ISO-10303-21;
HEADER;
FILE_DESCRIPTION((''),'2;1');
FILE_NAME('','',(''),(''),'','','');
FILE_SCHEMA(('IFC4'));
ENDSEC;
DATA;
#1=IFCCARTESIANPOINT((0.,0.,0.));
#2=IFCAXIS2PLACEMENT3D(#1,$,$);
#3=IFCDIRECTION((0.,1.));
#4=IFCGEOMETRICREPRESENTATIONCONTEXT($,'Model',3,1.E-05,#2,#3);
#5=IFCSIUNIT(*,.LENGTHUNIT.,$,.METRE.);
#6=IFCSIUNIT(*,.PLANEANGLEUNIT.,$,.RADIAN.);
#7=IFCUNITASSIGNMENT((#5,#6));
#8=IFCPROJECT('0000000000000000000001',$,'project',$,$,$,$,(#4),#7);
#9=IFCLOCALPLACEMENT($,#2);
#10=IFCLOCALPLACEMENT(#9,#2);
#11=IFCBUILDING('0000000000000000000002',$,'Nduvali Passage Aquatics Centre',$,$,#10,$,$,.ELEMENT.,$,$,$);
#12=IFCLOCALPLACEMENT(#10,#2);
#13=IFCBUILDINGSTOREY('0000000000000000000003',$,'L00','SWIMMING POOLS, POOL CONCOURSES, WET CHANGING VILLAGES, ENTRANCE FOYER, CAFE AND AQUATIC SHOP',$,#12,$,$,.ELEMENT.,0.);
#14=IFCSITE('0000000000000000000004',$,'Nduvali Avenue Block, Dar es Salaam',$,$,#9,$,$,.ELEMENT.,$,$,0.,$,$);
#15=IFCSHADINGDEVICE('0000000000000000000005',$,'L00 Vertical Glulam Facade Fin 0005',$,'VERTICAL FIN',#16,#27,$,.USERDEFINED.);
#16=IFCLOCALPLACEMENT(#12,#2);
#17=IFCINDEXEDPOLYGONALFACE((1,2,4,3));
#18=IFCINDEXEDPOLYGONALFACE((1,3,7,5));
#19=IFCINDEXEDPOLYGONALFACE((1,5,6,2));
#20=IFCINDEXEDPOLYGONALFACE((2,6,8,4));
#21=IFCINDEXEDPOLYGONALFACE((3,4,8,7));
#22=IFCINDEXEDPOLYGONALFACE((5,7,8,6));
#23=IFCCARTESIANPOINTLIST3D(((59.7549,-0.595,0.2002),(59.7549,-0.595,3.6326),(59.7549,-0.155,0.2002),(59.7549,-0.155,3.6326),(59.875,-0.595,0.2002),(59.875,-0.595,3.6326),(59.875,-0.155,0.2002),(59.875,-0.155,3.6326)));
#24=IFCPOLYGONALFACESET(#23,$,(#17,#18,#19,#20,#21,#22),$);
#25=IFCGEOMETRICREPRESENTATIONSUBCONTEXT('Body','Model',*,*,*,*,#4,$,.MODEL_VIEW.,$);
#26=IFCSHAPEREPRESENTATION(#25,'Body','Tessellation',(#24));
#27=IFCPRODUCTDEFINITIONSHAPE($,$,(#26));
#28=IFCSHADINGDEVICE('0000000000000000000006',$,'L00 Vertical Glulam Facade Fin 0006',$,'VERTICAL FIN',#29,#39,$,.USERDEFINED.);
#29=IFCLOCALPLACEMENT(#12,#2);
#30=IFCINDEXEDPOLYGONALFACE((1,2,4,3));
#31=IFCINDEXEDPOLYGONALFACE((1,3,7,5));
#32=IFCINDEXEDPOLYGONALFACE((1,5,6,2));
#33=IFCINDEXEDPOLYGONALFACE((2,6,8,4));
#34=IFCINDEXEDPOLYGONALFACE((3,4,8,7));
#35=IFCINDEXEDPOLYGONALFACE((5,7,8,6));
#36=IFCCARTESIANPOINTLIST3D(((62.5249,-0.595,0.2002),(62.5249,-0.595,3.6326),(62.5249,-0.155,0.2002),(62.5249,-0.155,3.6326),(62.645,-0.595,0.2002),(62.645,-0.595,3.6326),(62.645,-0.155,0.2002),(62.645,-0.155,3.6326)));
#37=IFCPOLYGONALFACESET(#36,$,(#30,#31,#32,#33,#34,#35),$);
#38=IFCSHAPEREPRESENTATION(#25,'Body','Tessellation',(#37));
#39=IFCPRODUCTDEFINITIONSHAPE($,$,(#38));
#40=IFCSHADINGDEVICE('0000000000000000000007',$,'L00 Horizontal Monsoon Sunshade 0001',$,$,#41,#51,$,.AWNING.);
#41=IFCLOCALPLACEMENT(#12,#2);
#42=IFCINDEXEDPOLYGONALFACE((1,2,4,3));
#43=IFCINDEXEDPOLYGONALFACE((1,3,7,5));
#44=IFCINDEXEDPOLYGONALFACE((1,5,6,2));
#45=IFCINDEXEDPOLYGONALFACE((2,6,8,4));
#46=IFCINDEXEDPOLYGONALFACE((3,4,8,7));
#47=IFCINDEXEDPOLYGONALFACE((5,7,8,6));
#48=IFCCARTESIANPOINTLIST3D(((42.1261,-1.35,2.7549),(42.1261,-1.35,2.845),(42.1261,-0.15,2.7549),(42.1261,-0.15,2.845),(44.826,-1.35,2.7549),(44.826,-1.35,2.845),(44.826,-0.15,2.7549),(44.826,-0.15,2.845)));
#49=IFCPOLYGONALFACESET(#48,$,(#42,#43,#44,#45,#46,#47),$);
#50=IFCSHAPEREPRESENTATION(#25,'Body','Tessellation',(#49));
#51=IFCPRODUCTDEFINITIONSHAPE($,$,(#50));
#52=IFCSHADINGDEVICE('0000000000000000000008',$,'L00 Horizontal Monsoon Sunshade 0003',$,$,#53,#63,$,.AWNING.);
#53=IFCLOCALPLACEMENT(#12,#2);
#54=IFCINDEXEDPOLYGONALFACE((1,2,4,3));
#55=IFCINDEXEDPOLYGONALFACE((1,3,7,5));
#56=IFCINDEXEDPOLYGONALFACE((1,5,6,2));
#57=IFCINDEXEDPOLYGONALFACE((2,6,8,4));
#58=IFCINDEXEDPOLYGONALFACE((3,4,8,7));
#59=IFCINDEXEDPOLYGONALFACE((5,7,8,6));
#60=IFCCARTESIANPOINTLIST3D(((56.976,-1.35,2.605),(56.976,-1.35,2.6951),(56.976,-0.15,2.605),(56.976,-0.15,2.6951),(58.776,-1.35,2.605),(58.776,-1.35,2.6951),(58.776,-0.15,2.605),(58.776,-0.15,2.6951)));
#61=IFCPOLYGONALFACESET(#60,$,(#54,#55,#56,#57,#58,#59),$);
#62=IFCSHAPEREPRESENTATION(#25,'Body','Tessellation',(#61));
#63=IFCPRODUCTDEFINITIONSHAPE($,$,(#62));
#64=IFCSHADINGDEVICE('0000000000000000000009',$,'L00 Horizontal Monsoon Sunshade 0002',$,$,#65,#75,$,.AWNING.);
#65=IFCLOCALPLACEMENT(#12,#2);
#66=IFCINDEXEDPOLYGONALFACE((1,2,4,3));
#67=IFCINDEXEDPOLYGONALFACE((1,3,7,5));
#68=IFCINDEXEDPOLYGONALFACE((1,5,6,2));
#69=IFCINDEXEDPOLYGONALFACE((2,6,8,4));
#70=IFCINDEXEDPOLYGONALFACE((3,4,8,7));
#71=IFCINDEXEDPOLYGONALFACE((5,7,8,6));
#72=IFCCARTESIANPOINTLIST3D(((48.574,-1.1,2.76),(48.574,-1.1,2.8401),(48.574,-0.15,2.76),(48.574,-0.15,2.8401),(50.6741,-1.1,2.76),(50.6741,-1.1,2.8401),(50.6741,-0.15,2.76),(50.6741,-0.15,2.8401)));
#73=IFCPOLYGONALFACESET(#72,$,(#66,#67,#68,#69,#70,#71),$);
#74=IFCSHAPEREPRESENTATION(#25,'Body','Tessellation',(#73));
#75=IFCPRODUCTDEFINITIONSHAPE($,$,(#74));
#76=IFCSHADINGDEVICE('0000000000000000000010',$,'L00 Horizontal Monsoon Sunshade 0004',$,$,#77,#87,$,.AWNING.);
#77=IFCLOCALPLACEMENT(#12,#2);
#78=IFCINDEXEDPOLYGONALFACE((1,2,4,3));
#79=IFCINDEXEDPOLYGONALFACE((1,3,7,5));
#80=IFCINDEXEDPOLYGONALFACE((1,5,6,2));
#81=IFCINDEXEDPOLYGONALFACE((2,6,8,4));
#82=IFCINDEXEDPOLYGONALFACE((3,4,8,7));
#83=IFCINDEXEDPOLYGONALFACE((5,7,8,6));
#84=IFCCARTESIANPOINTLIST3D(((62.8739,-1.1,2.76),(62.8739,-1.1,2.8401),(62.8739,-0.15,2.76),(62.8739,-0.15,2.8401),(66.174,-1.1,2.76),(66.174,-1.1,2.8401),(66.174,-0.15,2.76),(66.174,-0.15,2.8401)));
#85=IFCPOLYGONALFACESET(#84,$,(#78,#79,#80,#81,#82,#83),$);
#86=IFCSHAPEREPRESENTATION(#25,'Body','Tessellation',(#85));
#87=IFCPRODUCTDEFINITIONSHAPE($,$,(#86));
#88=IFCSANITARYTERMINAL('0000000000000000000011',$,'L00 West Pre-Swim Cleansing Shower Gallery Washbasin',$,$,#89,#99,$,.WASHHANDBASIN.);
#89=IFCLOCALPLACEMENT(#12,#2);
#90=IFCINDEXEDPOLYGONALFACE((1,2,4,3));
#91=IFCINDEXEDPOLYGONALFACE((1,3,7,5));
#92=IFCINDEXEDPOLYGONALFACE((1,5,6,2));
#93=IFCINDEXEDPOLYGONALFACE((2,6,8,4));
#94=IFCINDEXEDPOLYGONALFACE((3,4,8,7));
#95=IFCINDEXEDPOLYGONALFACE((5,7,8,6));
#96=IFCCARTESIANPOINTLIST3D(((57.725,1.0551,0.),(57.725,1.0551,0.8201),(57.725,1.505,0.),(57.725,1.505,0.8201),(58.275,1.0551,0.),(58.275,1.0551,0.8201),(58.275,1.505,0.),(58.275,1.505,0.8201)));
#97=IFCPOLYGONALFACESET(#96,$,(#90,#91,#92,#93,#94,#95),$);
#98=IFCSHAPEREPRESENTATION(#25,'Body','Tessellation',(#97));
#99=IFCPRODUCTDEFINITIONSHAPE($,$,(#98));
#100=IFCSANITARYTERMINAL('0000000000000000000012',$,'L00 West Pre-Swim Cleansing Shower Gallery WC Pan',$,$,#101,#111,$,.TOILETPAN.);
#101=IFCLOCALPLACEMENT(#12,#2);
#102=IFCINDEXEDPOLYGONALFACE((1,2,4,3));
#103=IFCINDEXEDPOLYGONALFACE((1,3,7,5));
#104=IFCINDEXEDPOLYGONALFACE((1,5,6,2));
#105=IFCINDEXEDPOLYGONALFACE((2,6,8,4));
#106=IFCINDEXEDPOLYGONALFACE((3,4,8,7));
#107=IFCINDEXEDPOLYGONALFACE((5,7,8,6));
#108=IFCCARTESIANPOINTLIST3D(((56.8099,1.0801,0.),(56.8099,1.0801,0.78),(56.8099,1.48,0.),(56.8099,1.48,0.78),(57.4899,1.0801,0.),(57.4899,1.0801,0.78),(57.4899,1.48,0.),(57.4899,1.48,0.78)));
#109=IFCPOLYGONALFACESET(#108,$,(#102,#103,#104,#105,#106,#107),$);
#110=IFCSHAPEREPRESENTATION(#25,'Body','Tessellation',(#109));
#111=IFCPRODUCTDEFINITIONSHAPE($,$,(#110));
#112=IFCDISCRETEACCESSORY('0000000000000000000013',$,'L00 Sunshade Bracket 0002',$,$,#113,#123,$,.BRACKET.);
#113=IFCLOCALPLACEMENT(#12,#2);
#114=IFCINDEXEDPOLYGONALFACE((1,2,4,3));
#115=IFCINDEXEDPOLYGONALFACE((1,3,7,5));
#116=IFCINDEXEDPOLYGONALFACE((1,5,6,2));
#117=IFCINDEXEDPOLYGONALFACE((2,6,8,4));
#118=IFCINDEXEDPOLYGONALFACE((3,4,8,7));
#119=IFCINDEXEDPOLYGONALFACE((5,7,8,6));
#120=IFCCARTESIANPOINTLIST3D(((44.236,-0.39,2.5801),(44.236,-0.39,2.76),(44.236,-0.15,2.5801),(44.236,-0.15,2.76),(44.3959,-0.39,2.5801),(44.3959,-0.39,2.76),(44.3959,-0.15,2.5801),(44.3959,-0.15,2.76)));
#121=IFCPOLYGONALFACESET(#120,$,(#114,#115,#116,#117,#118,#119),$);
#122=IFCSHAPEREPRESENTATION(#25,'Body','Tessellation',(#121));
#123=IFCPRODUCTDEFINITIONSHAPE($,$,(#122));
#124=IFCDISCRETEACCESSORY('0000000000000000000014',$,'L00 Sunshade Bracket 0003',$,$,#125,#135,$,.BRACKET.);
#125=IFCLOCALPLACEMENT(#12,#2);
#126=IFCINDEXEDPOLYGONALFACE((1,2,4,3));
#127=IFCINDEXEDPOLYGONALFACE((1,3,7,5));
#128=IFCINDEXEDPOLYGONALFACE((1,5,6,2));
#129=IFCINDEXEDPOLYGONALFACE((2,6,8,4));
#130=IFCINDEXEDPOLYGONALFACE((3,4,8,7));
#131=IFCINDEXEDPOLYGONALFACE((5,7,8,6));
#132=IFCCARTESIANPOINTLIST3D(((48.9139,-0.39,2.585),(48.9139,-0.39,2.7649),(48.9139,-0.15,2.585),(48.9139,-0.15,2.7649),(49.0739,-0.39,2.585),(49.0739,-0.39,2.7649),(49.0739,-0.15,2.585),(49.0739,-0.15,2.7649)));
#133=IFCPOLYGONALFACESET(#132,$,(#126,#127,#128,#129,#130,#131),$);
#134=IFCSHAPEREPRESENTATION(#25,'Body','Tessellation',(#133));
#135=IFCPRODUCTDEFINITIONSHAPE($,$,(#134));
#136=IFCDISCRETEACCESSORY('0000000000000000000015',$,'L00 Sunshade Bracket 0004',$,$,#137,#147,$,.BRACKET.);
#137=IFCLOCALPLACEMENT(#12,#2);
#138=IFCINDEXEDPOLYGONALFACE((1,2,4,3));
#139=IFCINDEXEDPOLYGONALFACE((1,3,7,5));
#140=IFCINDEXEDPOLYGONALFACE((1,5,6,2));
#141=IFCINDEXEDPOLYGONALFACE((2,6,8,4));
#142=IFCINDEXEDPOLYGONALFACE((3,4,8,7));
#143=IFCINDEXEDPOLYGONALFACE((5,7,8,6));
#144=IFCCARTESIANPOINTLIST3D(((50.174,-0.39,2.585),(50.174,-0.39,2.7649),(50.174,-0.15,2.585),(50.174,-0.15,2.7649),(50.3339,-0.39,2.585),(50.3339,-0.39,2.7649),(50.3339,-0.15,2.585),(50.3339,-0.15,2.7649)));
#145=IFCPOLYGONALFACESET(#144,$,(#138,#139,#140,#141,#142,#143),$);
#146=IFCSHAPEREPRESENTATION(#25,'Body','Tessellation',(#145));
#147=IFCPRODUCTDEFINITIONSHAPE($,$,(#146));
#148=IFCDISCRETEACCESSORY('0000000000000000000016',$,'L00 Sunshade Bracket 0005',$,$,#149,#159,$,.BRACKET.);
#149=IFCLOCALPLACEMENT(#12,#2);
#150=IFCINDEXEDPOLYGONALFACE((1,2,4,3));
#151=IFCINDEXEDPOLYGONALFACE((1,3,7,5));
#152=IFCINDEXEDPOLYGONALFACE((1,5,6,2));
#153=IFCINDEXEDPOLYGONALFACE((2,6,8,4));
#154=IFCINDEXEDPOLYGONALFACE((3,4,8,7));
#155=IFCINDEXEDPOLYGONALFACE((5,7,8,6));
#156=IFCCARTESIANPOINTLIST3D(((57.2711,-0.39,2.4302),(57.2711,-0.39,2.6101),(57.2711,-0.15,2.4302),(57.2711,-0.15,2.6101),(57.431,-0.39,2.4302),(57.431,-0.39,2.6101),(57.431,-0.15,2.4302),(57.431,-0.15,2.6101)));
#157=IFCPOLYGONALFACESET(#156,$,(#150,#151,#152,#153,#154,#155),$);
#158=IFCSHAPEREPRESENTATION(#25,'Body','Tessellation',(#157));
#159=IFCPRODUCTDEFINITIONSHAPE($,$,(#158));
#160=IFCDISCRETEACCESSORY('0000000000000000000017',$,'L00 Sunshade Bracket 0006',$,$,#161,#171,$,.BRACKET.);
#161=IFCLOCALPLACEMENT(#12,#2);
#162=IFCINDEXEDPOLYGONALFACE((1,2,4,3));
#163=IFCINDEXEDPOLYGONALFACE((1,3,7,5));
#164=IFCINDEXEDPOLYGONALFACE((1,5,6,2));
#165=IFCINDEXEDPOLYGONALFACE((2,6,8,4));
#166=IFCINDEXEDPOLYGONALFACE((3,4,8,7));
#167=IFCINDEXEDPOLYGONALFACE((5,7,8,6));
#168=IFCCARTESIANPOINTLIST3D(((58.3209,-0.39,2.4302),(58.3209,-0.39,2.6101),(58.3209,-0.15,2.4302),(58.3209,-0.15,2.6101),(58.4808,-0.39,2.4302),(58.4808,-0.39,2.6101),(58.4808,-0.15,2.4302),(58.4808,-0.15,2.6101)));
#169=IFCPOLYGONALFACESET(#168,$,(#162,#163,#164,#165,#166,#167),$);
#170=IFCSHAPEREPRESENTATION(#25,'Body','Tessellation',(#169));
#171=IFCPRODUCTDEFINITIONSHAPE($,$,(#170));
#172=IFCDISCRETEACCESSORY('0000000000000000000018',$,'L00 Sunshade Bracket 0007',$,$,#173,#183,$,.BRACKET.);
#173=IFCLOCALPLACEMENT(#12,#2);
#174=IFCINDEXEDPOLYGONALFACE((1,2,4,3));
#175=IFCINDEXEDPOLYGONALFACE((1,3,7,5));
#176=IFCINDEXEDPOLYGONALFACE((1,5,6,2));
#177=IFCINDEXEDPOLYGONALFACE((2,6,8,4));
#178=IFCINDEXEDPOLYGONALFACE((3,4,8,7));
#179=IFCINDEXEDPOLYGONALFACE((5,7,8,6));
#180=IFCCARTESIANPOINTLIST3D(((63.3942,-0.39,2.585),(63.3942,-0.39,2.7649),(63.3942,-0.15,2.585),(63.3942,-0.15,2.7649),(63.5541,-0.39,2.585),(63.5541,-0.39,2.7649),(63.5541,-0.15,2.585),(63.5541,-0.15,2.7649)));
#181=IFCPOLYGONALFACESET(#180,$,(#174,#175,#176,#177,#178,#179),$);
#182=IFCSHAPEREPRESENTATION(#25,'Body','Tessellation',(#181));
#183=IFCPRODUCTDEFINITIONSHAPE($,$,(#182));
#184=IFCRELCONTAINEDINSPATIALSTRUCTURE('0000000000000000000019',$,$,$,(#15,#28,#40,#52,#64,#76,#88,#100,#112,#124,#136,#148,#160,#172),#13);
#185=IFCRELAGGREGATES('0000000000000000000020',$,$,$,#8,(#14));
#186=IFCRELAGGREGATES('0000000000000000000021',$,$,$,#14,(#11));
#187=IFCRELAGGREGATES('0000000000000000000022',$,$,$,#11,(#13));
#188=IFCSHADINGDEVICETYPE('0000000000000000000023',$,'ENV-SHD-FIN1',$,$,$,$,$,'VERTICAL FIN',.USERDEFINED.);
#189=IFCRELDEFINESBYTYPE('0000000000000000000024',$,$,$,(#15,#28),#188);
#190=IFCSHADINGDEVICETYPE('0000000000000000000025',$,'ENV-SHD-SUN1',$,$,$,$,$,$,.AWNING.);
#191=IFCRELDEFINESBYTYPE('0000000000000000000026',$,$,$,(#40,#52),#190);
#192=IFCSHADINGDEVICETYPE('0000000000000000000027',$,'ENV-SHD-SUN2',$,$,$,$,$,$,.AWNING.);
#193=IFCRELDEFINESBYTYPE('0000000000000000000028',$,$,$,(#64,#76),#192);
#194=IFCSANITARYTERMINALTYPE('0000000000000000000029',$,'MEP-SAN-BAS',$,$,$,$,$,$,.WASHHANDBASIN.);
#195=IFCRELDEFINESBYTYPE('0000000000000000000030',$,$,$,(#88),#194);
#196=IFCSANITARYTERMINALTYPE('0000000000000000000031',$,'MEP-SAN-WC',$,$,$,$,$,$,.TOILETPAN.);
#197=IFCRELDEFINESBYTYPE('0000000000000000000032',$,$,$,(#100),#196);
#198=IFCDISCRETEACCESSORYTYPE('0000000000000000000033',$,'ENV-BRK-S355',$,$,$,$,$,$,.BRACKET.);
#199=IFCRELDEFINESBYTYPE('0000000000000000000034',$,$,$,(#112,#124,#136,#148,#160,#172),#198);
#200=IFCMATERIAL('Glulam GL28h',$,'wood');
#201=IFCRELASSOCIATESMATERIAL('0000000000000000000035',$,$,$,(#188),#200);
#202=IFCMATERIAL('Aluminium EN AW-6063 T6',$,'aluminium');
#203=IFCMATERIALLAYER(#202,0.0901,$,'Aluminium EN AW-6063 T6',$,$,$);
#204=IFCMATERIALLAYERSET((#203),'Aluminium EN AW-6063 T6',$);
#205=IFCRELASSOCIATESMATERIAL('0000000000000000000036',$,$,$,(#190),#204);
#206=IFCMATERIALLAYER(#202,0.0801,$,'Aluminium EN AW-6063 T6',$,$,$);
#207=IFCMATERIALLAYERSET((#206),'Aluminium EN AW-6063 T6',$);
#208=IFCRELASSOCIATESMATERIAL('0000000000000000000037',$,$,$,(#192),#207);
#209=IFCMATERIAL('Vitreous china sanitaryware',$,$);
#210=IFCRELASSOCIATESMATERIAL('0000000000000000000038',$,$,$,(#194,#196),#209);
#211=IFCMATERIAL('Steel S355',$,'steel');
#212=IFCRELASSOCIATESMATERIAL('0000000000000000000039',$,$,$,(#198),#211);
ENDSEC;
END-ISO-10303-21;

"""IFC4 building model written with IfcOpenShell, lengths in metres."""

from ifc_helpers import new_model, si_unit, direction, frame, origin, origin_2d, place, context, subcontext, project, spatial, rectangle, extrude, material, layer, layer_set, type_object, element, save


model = new_model("IFC4")

# Units and contexts
model_context = context("Model", 3, precision=1e-05, world=origin(), true_north=direction((0.0, 1.0)))
body_context = subcontext(model_context, "Body", "Model", "MODEL_VIEW")
ifc_project = project(units=[si_unit("LENGTHUNIT", "METRE"), si_unit("PLANEANGLEUNIT", "RADIAN")], contexts=[model_context])

# Site, building, storey
site_placement = place(None, origin())
site = spatial("IfcSite", under=ifc_project, at=site_placement, Name="Nduvali Avenue Block, Dar es Salaam", CompositionType="ELEMENT", RefElevation=0.0)
building_placement = place(site_placement, origin())
building = spatial("IfcBuilding", under=site, at=building_placement, Name="Nduvali Passage Aquatics Centre", CompositionType="ELEMENT")
storey_placement = place(building_placement, origin())
storey = spatial("IfcBuildingStorey", under=building, at=storey_placement, Name="L00", Description="SWIMMING POOLS, POOL CONCOURSES, WET CHANGING VILLAGES, ENTRANCE FOYER, CAFE AND AQUATIC SHOP", CompositionType="ELEMENT", Elevation=0.0)

# Shared definitions
ifc_material_1 = material(Name="Steel S355", Category="steel")

# Shading devices
ifc_material_2 = material(Name="Glulam GL28h", Category="wood")
shading_device_type_1 = type_object("IfcShadingDeviceType", Name="ENV-SHD-FIN1", ElementType="VERTICAL FIN", PredefinedType="USERDEFINED", material=ifc_material_2)
for number, where, z_axis, x_axis, name in (
    (1, (59.8149, -0.375, 0.2002), (0.0, 0.0, 1.0), (1.0, 0.0, 0.0), "L00 Vertical Glulam Facade Fin 0005"),
    (2, (62.585, -0.375, 0.2002), (0.0, 0.0, 1.0), (1.0, 0.0, 0.0), "L00 Vertical Glulam Facade Fin 0006"),
):
    element("IfcShadingDevice", number, at=place(storey_placement, frame(where, z_axis=z_axis, x_axis=x_axis)), inside=storey, type_object=shading_device_type_1, Name=name, ObjectType="VERTICAL FIN", PredefinedType="USERDEFINED", context=body_context, shape_type="SweptSolid", body=[
        extrude(rectangle(XDim=0.1201, YDim=0.4399, at=origin_2d()), origin(), (0.0, 0.0, 1.0), 3.4324),
    ])
ifc_material_3 = material(Name="Aluminium EN AW-6063 T6", Category="aluminium")
ifc_layer_1 = layer(ifc_material_3, 0.0901, Name="Aluminium EN AW-6063 T6")
ifc_layer_set_1 = layer_set([ifc_layer_1], Name="Aluminium EN AW-6063 T6")
shading_device_type_2 = type_object("IfcShadingDeviceType", Name="ENV-SHD-SUN1", PredefinedType="AWNING", material=ifc_layer_set_1)
shading_device_1_placement = place(storey_placement, frame((43.4761, -0.75, 2.7549), z_axis=(0.0, 0.0, 1.0), x_axis=(1.0, 0.0, 0.0)))
element("IfcShadingDevice", 3, at=shading_device_1_placement, inside=storey, type_object=shading_device_type_2, Name="L00 Horizontal Monsoon Sunshade 0001", PredefinedType="AWNING", context=body_context, shape_type="SweptSolid", body=[
    extrude(rectangle(XDim=2.7, YDim=1.2, at=origin_2d()), origin(), (0.0, 0.0, 1.0), 0.0901),
])
shading_device_2_placement = place(storey_placement, frame((57.876, -0.75, 2.605), z_axis=(0.0, 0.0, 1.0), x_axis=(1.0, 0.0, 0.0)))
element("IfcShadingDevice", 4, at=shading_device_2_placement, inside=storey, type_object=shading_device_type_2, Name="L00 Horizontal Monsoon Sunshade 0003", PredefinedType="AWNING", context=body_context, shape_type="SweptSolid", body=[
    extrude(rectangle(XDim=1.8, YDim=1.2, at=origin_2d()), origin(), (0.0, 0.0, 1.0), 0.0901),
])
ifc_layer_2 = layer(ifc_material_3, 0.0801, Name="Aluminium EN AW-6063 T6")
ifc_layer_set_2 = layer_set([ifc_layer_2], Name="Aluminium EN AW-6063 T6")
shading_device_type_3 = type_object("IfcShadingDeviceType", Name="ENV-SHD-SUN2", PredefinedType="AWNING", material=ifc_layer_set_2)
shading_device_3_placement = place(storey_placement, frame((49.624, -0.625, 2.76), z_axis=(0.0, 0.0, 1.0), x_axis=(1.0, 0.0, 0.0)))
element("IfcShadingDevice", 5, at=shading_device_3_placement, inside=storey, type_object=shading_device_type_3, Name="L00 Horizontal Monsoon Sunshade 0002", PredefinedType="AWNING", context=body_context, shape_type="SweptSolid", body=[
    extrude(rectangle(XDim=2.1001, YDim=0.95, at=origin_2d()), origin(), (0.0, 0.0, 1.0), 0.0801),
])
shading_device_4_placement = place(storey_placement, frame((64.5239, -0.625, 2.76), z_axis=(0.0, 0.0, 1.0), x_axis=(1.0, 0.0, 0.0)))
element("IfcShadingDevice", 6, at=shading_device_4_placement, inside=storey, type_object=shading_device_type_3, Name="L00 Horizontal Monsoon Sunshade 0004", PredefinedType="AWNING", context=body_context, shape_type="SweptSolid", body=[
    extrude(rectangle(XDim=3.3, YDim=0.95, at=origin_2d()), origin(), (0.0, 0.0, 1.0), 0.0801),
])

# Sanitary terminals
ifc_material_4 = material(Name="Vitreous china sanitaryware")
sanitary_terminal_type_1 = type_object("IfcSanitaryTerminalType", Name="MEP-SAN-BAS", PredefinedType="WASHHANDBASIN", material=ifc_material_4)
sanitary_terminal_1_placement = place(storey_placement, frame((58.0, 1.28, 0.0), z_axis=(0.0, 0.0, 1.0), x_axis=(1.0, 0.0, 0.0)))
element("IfcSanitaryTerminal", 7, at=sanitary_terminal_1_placement, inside=storey, type_object=sanitary_terminal_type_1, Name="L00 West Pre-Swim Cleansing Shower Gallery Washbasin", PredefinedType="WASHHANDBASIN", context=body_context, shape_type="SweptSolid", body=[
    extrude(rectangle(XDim=0.55, YDim=0.45, at=origin_2d()), origin(), (0.0, 0.0, 1.0), 0.8201),
])
sanitary_terminal_type_2 = type_object("IfcSanitaryTerminalType", Name="MEP-SAN-WC", PredefinedType="TOILETPAN", material=ifc_material_4)
sanitary_terminal_2_placement = place(storey_placement, frame((57.1499, 1.28, 0.0), z_axis=(0.0, 0.0, 1.0), x_axis=(1.0, 0.0, 0.0)))
element("IfcSanitaryTerminal", 8, at=sanitary_terminal_2_placement, inside=storey, type_object=sanitary_terminal_type_2, Name="L00 West Pre-Swim Cleansing Shower Gallery WC Pan", PredefinedType="TOILETPAN", context=body_context, shape_type="SweptSolid", body=[
    extrude(rectangle(XDim=0.6799, YDim=0.3999, at=origin_2d()), origin(), (0.0, 0.0, 1.0), 0.78),
])

# Discrete accessories
discrete_accessory_type = type_object("IfcDiscreteAccessoryType", Name="ENV-BRK-S355", PredefinedType="BRACKET", material=ifc_material_1)
for number, where, z_axis, x_axis, name in (
    (9, (44.3159, -0.27, 2.5801), (0.0, 0.0, 1.0), (1.0, 0.0, 0.0), "L00 Sunshade Bracket 0002"),
    (10, (48.9939, -0.27, 2.585), (0.0, 0.0, 1.0), (1.0, 0.0, 0.0), "L00 Sunshade Bracket 0003"),
    (11, (50.2539, -0.27, 2.585), (0.0, 0.0, 1.0), (1.0, 0.0, 0.0), "L00 Sunshade Bracket 0004"),
    (12, (57.3511, -0.27, 2.4302), (0.0, 0.0, 1.0), (1.0, 0.0, 0.0), "L00 Sunshade Bracket 0005"),
    (13, (58.4009, -0.27, 2.4302), (0.0, 0.0, 1.0), (1.0, 0.0, 0.0), "L00 Sunshade Bracket 0006"),
    (14, (63.4741, -0.27, 2.585), (0.0, 0.0, 1.0), (1.0, 0.0, 0.0), "L00 Sunshade Bracket 0007"),
):
    element("IfcDiscreteAccessory", number, at=place(storey_placement, frame(where, z_axis=z_axis, x_axis=x_axis)), inside=storey, type_object=discrete_accessory_type, Name=name, PredefinedType="BRACKET", context=body_context, shape_type="SweptSolid", body=[
        extrude(rectangle(XDim=0.1599, YDim=0.24, at=origin_2d()), origin(), (0.0, 0.0, 1.0), 0.1799),
    ])

save(model, "model.ifc")
